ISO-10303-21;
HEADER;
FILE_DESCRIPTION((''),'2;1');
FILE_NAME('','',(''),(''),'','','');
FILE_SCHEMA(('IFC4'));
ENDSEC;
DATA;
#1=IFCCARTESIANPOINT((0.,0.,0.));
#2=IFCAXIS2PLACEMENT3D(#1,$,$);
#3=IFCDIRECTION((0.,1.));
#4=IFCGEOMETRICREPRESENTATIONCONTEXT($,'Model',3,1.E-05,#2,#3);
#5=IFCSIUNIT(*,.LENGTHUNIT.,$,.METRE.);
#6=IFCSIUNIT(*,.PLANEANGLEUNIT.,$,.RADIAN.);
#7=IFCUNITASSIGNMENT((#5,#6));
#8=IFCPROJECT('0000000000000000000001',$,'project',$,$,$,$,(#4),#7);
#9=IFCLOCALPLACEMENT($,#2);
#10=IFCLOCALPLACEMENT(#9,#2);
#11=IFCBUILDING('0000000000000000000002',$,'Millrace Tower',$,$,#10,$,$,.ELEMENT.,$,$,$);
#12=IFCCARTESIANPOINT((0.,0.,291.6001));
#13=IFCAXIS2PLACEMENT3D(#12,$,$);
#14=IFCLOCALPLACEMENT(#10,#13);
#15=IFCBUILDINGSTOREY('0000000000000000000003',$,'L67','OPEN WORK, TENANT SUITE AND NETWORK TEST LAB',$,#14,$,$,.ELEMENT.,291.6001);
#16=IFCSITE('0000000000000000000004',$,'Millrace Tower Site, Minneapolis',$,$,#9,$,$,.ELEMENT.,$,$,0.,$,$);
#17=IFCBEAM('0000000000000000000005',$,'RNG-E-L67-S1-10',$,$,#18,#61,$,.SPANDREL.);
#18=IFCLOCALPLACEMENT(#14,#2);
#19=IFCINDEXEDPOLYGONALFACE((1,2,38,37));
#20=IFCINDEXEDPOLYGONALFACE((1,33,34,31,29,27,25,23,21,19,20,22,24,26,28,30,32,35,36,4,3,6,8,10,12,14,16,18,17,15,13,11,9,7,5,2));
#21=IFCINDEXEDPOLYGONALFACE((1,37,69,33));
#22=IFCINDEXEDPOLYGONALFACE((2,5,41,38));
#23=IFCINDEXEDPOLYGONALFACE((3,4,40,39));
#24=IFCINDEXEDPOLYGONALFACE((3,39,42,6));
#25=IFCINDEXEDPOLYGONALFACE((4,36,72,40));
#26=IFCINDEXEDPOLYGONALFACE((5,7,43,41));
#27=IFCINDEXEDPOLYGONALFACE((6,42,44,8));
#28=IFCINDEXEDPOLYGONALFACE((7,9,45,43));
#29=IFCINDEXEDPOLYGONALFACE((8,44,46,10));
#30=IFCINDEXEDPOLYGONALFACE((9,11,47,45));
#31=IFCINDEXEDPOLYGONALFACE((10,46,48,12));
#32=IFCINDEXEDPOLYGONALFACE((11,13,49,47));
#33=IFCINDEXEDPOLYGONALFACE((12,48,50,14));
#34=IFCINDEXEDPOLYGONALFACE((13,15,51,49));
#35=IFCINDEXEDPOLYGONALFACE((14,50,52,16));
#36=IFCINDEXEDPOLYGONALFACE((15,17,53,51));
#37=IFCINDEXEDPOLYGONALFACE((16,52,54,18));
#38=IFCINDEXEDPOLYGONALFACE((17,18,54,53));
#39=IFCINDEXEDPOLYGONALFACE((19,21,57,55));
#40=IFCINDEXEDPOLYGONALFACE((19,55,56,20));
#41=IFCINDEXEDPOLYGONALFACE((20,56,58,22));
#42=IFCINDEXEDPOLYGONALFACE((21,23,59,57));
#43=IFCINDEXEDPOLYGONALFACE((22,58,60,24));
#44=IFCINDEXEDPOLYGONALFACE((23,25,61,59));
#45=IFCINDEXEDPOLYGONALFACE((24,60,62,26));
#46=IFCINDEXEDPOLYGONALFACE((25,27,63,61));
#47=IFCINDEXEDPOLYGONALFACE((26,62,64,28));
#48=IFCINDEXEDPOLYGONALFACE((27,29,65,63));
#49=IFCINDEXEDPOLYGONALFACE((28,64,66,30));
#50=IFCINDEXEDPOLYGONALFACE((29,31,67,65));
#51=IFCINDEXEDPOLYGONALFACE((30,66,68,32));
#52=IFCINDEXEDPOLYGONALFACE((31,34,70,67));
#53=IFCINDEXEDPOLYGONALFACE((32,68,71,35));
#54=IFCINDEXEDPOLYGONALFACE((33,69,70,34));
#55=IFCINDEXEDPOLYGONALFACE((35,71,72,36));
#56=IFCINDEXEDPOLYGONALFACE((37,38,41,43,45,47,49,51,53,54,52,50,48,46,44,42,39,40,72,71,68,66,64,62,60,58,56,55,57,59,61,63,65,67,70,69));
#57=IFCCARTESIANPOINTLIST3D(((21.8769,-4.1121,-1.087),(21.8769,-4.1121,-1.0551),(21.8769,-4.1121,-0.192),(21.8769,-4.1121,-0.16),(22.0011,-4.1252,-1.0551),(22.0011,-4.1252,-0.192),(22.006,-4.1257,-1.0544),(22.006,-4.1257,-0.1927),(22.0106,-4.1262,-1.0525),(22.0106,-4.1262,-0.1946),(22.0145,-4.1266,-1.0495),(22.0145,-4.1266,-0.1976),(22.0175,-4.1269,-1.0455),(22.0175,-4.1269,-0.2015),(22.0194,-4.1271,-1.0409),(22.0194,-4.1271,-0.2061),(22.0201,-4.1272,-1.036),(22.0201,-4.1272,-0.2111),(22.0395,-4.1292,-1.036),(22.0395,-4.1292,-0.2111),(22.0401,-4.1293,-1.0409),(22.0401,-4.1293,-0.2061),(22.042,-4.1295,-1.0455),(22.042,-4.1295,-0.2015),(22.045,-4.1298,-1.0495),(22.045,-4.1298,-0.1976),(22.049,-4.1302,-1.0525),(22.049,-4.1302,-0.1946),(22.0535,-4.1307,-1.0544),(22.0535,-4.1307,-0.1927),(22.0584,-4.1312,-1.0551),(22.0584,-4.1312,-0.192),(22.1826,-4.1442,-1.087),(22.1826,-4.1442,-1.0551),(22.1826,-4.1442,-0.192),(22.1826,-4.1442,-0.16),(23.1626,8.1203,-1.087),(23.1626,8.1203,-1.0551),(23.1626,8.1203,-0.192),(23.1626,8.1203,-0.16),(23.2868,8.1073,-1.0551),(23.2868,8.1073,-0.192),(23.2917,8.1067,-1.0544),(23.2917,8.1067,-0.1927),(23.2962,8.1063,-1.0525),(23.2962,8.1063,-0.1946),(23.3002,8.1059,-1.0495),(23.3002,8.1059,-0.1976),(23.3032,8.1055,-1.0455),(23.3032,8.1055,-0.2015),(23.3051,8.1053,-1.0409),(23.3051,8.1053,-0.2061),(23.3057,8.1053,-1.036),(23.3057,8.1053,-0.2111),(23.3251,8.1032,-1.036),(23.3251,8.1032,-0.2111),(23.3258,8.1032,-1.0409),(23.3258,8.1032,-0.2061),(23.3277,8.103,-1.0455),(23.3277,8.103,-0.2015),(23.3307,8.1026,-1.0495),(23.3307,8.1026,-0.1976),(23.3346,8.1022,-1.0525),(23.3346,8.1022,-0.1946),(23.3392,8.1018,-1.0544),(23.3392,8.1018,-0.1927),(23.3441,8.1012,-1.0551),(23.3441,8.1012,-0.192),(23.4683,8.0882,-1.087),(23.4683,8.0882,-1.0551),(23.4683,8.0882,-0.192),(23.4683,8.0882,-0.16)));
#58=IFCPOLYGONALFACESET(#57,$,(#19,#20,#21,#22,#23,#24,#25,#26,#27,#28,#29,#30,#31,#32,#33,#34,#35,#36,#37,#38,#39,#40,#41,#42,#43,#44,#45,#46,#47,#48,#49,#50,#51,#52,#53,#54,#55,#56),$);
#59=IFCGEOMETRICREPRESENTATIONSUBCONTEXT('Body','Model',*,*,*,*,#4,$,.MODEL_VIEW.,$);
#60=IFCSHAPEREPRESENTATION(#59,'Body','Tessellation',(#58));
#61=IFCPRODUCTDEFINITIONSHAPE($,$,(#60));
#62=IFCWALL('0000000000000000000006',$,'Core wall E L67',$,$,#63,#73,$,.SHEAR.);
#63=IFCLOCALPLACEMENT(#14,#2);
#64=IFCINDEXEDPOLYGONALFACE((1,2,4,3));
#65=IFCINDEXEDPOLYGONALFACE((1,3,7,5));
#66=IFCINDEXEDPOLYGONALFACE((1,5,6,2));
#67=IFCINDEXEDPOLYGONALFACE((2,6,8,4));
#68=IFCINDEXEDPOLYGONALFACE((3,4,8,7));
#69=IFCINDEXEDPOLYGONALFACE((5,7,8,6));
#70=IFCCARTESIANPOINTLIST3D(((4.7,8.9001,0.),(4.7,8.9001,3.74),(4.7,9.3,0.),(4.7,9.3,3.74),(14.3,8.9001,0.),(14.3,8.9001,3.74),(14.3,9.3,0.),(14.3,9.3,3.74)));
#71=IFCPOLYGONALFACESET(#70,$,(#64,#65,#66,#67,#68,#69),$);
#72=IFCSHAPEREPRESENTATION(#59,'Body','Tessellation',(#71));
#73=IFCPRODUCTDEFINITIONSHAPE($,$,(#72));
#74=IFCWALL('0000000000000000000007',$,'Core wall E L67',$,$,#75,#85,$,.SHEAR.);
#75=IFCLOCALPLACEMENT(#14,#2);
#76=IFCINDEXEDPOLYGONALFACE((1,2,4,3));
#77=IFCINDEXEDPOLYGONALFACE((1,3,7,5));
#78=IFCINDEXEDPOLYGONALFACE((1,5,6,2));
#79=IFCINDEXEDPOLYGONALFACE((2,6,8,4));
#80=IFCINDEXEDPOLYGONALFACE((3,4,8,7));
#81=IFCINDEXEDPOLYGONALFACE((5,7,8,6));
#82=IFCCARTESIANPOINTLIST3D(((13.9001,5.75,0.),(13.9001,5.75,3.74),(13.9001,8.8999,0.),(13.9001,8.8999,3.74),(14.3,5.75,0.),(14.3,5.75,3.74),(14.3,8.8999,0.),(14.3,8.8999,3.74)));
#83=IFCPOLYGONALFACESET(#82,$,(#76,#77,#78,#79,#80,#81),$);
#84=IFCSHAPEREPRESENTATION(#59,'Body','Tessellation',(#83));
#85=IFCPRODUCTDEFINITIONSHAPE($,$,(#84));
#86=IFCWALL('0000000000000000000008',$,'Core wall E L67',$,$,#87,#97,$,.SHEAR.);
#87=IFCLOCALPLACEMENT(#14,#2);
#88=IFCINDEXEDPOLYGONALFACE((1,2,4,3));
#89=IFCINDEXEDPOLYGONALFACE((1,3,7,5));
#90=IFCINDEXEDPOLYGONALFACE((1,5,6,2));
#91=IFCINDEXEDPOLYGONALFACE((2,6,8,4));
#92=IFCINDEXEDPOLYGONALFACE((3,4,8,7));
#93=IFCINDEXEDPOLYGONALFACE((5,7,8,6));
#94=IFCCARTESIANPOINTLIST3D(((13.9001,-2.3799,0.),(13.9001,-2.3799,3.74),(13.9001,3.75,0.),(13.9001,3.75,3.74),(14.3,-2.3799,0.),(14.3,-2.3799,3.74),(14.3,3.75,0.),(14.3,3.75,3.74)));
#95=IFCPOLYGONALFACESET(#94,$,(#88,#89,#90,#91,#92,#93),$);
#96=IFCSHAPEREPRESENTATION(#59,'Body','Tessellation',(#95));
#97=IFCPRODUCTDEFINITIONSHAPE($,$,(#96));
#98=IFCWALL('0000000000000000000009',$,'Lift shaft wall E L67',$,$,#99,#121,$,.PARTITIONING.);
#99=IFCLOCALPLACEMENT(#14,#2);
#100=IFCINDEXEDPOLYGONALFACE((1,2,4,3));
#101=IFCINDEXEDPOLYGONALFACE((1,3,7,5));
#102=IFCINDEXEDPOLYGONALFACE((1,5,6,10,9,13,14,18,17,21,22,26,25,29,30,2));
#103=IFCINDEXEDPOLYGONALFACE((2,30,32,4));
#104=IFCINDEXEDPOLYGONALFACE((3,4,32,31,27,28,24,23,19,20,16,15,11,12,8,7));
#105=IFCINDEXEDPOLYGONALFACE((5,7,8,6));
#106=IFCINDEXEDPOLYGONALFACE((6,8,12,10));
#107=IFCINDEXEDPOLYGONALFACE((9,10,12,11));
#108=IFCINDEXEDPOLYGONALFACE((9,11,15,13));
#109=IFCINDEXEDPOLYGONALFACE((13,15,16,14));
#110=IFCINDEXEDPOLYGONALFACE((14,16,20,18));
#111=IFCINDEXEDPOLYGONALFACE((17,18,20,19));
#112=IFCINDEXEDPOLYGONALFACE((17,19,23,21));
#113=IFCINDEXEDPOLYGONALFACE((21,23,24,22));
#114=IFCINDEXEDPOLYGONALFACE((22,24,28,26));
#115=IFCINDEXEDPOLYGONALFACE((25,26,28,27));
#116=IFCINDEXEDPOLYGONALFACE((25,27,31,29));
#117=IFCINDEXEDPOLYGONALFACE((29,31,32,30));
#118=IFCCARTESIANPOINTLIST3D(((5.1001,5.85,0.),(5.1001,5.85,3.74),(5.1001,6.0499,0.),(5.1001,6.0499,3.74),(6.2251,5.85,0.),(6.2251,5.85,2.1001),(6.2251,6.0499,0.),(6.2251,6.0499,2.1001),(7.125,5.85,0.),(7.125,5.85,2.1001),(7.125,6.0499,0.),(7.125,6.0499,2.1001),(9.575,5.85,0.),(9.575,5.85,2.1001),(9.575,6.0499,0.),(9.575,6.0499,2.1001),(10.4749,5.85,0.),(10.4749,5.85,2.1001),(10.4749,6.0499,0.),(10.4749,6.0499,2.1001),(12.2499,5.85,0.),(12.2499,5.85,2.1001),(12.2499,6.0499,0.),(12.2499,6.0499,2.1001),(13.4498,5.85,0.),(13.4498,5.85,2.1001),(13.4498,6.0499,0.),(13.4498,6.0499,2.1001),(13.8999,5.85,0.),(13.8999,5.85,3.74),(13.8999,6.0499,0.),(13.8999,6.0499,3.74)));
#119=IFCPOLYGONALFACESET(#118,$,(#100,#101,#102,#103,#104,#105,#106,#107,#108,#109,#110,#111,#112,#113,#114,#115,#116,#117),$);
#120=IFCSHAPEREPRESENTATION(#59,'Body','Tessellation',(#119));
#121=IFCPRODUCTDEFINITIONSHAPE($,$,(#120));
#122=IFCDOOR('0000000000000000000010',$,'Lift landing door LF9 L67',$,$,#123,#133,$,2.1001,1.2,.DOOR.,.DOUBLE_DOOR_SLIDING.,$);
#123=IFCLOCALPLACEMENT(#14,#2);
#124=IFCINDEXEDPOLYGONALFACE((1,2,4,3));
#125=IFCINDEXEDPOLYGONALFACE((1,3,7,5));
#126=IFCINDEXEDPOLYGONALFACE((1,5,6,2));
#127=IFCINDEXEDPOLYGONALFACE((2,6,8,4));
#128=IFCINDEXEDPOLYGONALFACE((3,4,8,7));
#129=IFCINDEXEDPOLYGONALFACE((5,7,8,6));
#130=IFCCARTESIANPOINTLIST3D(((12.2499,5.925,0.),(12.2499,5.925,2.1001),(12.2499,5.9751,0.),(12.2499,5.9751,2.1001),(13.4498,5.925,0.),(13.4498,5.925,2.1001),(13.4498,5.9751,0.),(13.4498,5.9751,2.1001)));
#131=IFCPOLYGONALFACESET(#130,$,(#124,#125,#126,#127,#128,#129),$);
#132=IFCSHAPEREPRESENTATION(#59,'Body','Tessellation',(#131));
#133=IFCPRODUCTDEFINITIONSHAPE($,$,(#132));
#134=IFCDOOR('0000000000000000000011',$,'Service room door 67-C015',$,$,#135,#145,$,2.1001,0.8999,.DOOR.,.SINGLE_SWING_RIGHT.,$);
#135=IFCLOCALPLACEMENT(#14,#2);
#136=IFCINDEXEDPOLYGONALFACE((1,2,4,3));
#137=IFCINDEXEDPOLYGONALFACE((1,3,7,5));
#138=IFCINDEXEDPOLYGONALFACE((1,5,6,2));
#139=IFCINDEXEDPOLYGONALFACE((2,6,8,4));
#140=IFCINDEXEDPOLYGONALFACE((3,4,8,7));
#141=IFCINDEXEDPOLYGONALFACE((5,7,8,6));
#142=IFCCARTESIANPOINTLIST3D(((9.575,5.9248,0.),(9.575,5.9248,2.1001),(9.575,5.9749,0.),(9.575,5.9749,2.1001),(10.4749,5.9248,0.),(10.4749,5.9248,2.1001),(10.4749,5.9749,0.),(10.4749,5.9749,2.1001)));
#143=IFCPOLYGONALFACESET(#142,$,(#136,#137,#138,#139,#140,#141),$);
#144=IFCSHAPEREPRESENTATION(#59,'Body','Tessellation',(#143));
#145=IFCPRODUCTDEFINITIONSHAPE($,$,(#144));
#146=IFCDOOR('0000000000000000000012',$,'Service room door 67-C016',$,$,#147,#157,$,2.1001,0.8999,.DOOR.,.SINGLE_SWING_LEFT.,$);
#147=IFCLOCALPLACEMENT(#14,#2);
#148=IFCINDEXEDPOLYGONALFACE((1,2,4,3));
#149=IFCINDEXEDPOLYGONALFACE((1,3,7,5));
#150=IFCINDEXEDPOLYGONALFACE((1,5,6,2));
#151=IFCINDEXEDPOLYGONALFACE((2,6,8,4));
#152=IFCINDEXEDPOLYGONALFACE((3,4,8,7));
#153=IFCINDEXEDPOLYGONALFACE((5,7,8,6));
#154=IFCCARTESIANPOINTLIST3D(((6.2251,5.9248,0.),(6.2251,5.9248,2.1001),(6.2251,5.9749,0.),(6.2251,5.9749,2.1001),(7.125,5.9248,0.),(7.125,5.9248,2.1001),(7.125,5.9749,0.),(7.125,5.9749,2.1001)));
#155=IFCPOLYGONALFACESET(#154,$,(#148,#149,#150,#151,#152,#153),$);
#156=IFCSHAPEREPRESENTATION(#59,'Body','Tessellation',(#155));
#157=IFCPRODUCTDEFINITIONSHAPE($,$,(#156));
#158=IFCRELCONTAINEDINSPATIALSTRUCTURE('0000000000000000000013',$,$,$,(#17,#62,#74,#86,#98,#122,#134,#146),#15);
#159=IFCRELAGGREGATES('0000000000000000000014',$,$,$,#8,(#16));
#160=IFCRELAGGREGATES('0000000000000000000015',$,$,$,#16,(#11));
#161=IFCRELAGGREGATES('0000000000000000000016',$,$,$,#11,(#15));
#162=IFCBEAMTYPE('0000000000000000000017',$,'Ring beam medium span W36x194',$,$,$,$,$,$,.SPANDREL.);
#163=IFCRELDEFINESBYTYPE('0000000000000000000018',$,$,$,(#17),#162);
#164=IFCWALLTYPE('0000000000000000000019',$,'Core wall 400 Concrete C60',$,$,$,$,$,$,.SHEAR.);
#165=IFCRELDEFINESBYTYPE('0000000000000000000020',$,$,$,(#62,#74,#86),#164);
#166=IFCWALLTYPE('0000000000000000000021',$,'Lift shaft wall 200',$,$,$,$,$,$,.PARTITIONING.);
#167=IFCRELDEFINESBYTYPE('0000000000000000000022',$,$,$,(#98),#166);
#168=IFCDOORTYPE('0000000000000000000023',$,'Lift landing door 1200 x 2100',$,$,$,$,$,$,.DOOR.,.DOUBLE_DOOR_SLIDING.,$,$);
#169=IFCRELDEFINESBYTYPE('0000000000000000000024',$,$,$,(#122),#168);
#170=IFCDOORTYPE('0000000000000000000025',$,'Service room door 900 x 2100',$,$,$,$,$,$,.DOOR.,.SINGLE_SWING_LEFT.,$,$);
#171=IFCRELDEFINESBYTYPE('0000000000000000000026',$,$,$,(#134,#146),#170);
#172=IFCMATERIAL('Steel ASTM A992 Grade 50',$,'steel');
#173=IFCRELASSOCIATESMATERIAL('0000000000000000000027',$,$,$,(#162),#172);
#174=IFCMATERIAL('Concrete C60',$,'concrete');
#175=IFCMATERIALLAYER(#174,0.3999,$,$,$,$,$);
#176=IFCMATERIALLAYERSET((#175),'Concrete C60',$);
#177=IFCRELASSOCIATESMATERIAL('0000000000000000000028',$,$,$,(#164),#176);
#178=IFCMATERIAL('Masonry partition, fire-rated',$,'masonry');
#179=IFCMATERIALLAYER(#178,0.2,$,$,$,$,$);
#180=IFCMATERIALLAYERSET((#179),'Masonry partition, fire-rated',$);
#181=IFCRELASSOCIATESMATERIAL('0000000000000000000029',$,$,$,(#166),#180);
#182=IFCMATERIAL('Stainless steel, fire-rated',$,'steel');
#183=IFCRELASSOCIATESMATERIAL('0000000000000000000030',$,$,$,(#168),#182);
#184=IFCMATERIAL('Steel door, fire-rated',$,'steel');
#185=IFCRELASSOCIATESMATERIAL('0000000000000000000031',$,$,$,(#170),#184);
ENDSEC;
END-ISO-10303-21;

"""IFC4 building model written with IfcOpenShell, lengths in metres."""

from ifc_helpers import new_model, si_unit, direction, frame, frame_2d, origin, origin_2d, place, context, subcontext, project, spatial, rectangle, i_section, extrude, material, layer, layer_set, material_profile, profile_set, type_object, element, fill, save


model = new_model("IFC4")

# Units and contexts
model_context = context("Model", 3, precision=1e-05, world=origin(), true_north=direction((0.0, 1.0)))
body_context = subcontext(model_context, "Body", "Model", "MODEL_VIEW")
ifc_project = project(units=[si_unit("LENGTHUNIT", "METRE"), si_unit("PLANEANGLEUNIT", "RADIAN")], contexts=[model_context])

# Site, building, storey
site_placement = place(None, origin())
site = spatial("IfcSite", under=ifc_project, at=site_placement, Name="Millrace Tower Site, Minneapolis", CompositionType="ELEMENT", RefElevation=0.0)
building_placement = place(site_placement, origin())
building = spatial("IfcBuilding", under=site, at=building_placement, Name="Millrace Tower", CompositionType="ELEMENT")
storey_placement = place(building_placement, frame((0.0, 0.0, 291.6001)))
storey = spatial("IfcBuildingStorey", under=building, at=storey_placement, Name="L67", Description="OPEN WORK, TENANT SUITE AND NETWORK TEST LAB", CompositionType="ELEMENT", Elevation=291.6001)

# Beam
ifc_material_1 = material(Name="Steel ASTM A992 Grade 50", Category="steel")
ifc_material_profile_1 = material_profile(ifc_material_1, i_section(OverallWidth=0.3074, OverallDepth=0.927, WebThickness=0.0195, FlangeThickness=0.032, FilletRadius=0.019, at=origin_2d()))
ifc_profile_set_1 = profile_set([ifc_material_profile_1], Name="Steel ASTM A992 Grade 50")
beam_type_1 = type_object("IfcBeamType", Name="Ring beam medium span W36x194", PredefinedType="SPANDREL", material=ifc_profile_set_1)
beam_1_placement = place(storey_placement, frame((23.3154, 8.1042, -0.6235), z_axis=(-0.104526, -0.994522, 0.0), x_axis=(0.994522, -0.104526, 0.0)))
element("IfcBeam", 1, at=beam_1_placement, inside=storey, type_object=beam_type_1, Name="RNG-E-L67-S1-10", PredefinedType="SPANDREL", context=body_context, shape_type="SweptSolid", body=[
    extrude(i_section(OverallWidth=0.3074, OverallDepth=0.927, WebThickness=0.0195, FlangeThickness=0.032, FilletRadius=0.019, at=origin_2d()), origin(), (0.0, 0.0, 1.0), 12.2998),
])

# Walls
ifc_material_2 = material(Name="Concrete C60", Category="concrete")
ifc_layer_1 = layer(ifc_material_2, 0.3999)
ifc_layer_set_1 = layer_set([ifc_layer_1], Name="Concrete C60")
wall_type_1 = type_object("IfcWallType", Name="Core wall 400 Concrete C60", PredefinedType="SHEAR", material=ifc_layer_set_1)
wall_1_placement = place(storey_placement, frame((14.3, 9.1001, 0.0), z_axis=(0.0, 0.0, 1.0), x_axis=(-1.0, 0.0, 0.0)))
element("IfcWall", 2, at=wall_1_placement, inside=storey, type_object=wall_type_1, Name="Core wall E L67", PredefinedType="SHEAR", context=body_context, shape_type="SweptSolid", body=[
    extrude(rectangle(XDim=9.6001, YDim=0.3999, at=frame_2d((4.8, 0.0))), origin(), (0.0, 0.0, 1.0), 3.74),
])
wall_2_placement = place(storey_placement, frame((14.1001, 8.8999, 0.0), z_axis=(0.0, 0.0, 1.0), x_axis=(0.0, -1.0, 0.0)))
element("IfcWall", 3, at=wall_2_placement, inside=storey, type_object=wall_type_1, Name="Core wall E L67", PredefinedType="SHEAR", context=body_context, shape_type="SweptSolid", body=[
    extrude(rectangle(XDim=3.1499, YDim=0.3999, at=frame_2d((1.575, 0.0))), origin(), (0.0, 0.0, 1.0), 3.74),
])
wall_3_placement = place(storey_placement, frame((14.1001, 3.75, 0.0), z_axis=(0.0, 0.0, 1.0), x_axis=(0.0, -1.0, 0.0)))
element("IfcWall", 4, at=wall_3_placement, inside=storey, type_object=wall_type_1, Name="Core wall E L67", PredefinedType="SHEAR", context=body_context, shape_type="SweptSolid", body=[
    extrude(rectangle(XDim=6.1299, YDim=0.3999, at=frame_2d((3.0649, 0.0))), origin(), (0.0, 0.0, 1.0), 3.74),
])

# Wall, openings, doors
ifc_material_3 = material(Name="Masonry partition, fire-rated", Category="masonry")
ifc_layer_2 = layer(ifc_material_3, 0.2)
ifc_layer_set_2 = layer_set([ifc_layer_2], Name="Masonry partition, fire-rated")
wall_type_2 = type_object("IfcWallType", Name="Lift shaft wall 200", PredefinedType="PARTITIONING", material=ifc_layer_set_2)
wall_4_placement = place(storey_placement, frame((13.8999, 5.95, 0.0), z_axis=(0.0, 0.0, 1.0), x_axis=(-1.0, 0.0, 0.0)))
wall_4 = element("IfcWall", 5, at=wall_4_placement, inside=storey, type_object=wall_type_2, Name="Lift shaft wall E L67", PredefinedType="PARTITIONING", context=body_context, shape_type="SweptSolid", body=[
    extrude(rectangle(XDim=8.7998, YDim=0.2, at=frame_2d((4.3999, 0.0))), origin(), (0.0, 0.0, 1.0), 3.74),
])
opening_1_placement = place(wall_4_placement, frame((0.45, 0.0, 0.0)))
opening_1 = element("IfcOpeningElement", 6, at=opening_1_placement, cuts=wall_4, PredefinedType="OPENING", context=body_context, shape_type="SweptSolid", body=[
    extrude(rectangle(XDim=1.2, YDim=2.1001, at=frame_2d((0.6001, 1.05))), frame((0.0, 0.1099, 0.0), z_axis=(0.0, -1.0, 0.0), x_axis=(1.0, 0.0, 0.0)), (0.0, 0.0, 1.0), 0.22),
])
opening_2_placement = place(wall_4_placement, frame((3.425, 0.0, 0.0)))
opening_2 = element("IfcOpeningElement", 7, at=opening_2_placement, cuts=wall_4, PredefinedType="OPENING", context=body_context, shape_type="SweptSolid", body=[
    extrude(rectangle(XDim=0.8999, YDim=2.1001, at=frame_2d((0.45, 1.05))), frame((0.0, 0.1099, 0.0), z_axis=(0.0, -1.0, 0.0), x_axis=(1.0, 0.0, 0.0)), (0.0, 0.0, 1.0), 0.22),
])
opening_3_placement = place(wall_4_placement, frame((6.7749, 0.0, 0.0)))
opening_3 = element("IfcOpeningElement", 8, at=opening_3_placement, cuts=wall_4, PredefinedType="OPENING", context=body_context, shape_type="SweptSolid", body=[
    extrude(rectangle(XDim=0.8999, YDim=2.1001, at=frame_2d((0.45, 1.05))), frame((0.0, 0.1099, 0.0), z_axis=(0.0, -1.0, 0.0), x_axis=(1.0, 0.0, 0.0)), (0.0, 0.0, 1.0), 0.22),
])
ifc_material_4 = material(Name="Stainless steel, fire-rated", Category="steel")
door_type_1 = type_object("IfcDoorType", Name="Lift landing door 1200 x 2100", OperationType="DOUBLE_DOOR_SLIDING", PredefinedType="DOOR", material=ifc_material_4)
door_1_placement = place(opening_1_placement, origin())
door_1 = element("IfcDoor", 9, at=door_1_placement, inside=storey, type_object=door_type_1, Name="Lift landing door LF9 L67", OperationType="DOUBLE_DOOR_SLIDING", OverallHeight=2.1001, OverallWidth=1.2, PredefinedType="DOOR", context=body_context, shape_type="SweptSolid", body=[
    extrude(rectangle(XDim=1.2, YDim=2.1001, at=frame_2d((0.6001, 1.05))), frame((0.0, 0.0249, 0.0), z_axis=(0.0, -1.0, 0.0), x_axis=(1.0, 0.0, 0.0)), (0.0, 0.0, 1.0), 0.05),
])
fill(opening_1, door_1)
ifc_material_5 = material(Name="Steel door, fire-rated", Category="steel")
door_type_2 = type_object("IfcDoorType", Name="Service room door 900 x 2100", OperationType="SINGLE_SWING_LEFT", PredefinedType="DOOR", material=ifc_material_5)
door_2_placement = place(opening_2_placement, frame((0.8999, 0.0, 0.0), z_axis=(0.0, 0.0, 1.0), x_axis=(-1.0, 0.0, 0.0)))
door_2 = element("IfcDoor", 10, at=door_2_placement, inside=storey, type_object=door_type_2, Name="Service room door 67-C015", OperationType="SINGLE_SWING_RIGHT", OverallHeight=2.1001, OverallWidth=0.8999, PredefinedType="DOOR", context=body_context, shape_type="SweptSolid", body=[
    extrude(rectangle(XDim=0.8999, YDim=2.1001, at=frame_2d((0.45, 1.05))), frame((0.0, 0.0249, 0.0), z_axis=(0.0, -1.0, 0.0), x_axis=(1.0, 0.0, 0.0)), (0.0, 0.0, 1.0), 0.05),
])
fill(opening_2, door_2)
door_3_placement = place(opening_3_placement, frame((0.8999, 0.0, 0.0), z_axis=(0.0, 0.0, 1.0), x_axis=(-1.0, 0.0, 0.0)))
door_3 = element("IfcDoor", 11, at=door_3_placement, inside=storey, type_object=door_type_2, Name="Service room door 67-C016", OperationType="SINGLE_SWING_LEFT", OverallHeight=2.1001, OverallWidth=0.8999, PredefinedType="DOOR", context=body_context, shape_type="SweptSolid", body=[
    extrude(rectangle(XDim=0.8999, YDim=2.1001, at=frame_2d((0.45, 1.05))), frame((0.0, 0.0249, 0.0), z_axis=(0.0, -1.0, 0.0), x_axis=(1.0, 0.0, 0.0)), (0.0, 0.0, 1.0), 0.05),
])
fill(opening_3, door_3)

save(model, "model.ifc")
